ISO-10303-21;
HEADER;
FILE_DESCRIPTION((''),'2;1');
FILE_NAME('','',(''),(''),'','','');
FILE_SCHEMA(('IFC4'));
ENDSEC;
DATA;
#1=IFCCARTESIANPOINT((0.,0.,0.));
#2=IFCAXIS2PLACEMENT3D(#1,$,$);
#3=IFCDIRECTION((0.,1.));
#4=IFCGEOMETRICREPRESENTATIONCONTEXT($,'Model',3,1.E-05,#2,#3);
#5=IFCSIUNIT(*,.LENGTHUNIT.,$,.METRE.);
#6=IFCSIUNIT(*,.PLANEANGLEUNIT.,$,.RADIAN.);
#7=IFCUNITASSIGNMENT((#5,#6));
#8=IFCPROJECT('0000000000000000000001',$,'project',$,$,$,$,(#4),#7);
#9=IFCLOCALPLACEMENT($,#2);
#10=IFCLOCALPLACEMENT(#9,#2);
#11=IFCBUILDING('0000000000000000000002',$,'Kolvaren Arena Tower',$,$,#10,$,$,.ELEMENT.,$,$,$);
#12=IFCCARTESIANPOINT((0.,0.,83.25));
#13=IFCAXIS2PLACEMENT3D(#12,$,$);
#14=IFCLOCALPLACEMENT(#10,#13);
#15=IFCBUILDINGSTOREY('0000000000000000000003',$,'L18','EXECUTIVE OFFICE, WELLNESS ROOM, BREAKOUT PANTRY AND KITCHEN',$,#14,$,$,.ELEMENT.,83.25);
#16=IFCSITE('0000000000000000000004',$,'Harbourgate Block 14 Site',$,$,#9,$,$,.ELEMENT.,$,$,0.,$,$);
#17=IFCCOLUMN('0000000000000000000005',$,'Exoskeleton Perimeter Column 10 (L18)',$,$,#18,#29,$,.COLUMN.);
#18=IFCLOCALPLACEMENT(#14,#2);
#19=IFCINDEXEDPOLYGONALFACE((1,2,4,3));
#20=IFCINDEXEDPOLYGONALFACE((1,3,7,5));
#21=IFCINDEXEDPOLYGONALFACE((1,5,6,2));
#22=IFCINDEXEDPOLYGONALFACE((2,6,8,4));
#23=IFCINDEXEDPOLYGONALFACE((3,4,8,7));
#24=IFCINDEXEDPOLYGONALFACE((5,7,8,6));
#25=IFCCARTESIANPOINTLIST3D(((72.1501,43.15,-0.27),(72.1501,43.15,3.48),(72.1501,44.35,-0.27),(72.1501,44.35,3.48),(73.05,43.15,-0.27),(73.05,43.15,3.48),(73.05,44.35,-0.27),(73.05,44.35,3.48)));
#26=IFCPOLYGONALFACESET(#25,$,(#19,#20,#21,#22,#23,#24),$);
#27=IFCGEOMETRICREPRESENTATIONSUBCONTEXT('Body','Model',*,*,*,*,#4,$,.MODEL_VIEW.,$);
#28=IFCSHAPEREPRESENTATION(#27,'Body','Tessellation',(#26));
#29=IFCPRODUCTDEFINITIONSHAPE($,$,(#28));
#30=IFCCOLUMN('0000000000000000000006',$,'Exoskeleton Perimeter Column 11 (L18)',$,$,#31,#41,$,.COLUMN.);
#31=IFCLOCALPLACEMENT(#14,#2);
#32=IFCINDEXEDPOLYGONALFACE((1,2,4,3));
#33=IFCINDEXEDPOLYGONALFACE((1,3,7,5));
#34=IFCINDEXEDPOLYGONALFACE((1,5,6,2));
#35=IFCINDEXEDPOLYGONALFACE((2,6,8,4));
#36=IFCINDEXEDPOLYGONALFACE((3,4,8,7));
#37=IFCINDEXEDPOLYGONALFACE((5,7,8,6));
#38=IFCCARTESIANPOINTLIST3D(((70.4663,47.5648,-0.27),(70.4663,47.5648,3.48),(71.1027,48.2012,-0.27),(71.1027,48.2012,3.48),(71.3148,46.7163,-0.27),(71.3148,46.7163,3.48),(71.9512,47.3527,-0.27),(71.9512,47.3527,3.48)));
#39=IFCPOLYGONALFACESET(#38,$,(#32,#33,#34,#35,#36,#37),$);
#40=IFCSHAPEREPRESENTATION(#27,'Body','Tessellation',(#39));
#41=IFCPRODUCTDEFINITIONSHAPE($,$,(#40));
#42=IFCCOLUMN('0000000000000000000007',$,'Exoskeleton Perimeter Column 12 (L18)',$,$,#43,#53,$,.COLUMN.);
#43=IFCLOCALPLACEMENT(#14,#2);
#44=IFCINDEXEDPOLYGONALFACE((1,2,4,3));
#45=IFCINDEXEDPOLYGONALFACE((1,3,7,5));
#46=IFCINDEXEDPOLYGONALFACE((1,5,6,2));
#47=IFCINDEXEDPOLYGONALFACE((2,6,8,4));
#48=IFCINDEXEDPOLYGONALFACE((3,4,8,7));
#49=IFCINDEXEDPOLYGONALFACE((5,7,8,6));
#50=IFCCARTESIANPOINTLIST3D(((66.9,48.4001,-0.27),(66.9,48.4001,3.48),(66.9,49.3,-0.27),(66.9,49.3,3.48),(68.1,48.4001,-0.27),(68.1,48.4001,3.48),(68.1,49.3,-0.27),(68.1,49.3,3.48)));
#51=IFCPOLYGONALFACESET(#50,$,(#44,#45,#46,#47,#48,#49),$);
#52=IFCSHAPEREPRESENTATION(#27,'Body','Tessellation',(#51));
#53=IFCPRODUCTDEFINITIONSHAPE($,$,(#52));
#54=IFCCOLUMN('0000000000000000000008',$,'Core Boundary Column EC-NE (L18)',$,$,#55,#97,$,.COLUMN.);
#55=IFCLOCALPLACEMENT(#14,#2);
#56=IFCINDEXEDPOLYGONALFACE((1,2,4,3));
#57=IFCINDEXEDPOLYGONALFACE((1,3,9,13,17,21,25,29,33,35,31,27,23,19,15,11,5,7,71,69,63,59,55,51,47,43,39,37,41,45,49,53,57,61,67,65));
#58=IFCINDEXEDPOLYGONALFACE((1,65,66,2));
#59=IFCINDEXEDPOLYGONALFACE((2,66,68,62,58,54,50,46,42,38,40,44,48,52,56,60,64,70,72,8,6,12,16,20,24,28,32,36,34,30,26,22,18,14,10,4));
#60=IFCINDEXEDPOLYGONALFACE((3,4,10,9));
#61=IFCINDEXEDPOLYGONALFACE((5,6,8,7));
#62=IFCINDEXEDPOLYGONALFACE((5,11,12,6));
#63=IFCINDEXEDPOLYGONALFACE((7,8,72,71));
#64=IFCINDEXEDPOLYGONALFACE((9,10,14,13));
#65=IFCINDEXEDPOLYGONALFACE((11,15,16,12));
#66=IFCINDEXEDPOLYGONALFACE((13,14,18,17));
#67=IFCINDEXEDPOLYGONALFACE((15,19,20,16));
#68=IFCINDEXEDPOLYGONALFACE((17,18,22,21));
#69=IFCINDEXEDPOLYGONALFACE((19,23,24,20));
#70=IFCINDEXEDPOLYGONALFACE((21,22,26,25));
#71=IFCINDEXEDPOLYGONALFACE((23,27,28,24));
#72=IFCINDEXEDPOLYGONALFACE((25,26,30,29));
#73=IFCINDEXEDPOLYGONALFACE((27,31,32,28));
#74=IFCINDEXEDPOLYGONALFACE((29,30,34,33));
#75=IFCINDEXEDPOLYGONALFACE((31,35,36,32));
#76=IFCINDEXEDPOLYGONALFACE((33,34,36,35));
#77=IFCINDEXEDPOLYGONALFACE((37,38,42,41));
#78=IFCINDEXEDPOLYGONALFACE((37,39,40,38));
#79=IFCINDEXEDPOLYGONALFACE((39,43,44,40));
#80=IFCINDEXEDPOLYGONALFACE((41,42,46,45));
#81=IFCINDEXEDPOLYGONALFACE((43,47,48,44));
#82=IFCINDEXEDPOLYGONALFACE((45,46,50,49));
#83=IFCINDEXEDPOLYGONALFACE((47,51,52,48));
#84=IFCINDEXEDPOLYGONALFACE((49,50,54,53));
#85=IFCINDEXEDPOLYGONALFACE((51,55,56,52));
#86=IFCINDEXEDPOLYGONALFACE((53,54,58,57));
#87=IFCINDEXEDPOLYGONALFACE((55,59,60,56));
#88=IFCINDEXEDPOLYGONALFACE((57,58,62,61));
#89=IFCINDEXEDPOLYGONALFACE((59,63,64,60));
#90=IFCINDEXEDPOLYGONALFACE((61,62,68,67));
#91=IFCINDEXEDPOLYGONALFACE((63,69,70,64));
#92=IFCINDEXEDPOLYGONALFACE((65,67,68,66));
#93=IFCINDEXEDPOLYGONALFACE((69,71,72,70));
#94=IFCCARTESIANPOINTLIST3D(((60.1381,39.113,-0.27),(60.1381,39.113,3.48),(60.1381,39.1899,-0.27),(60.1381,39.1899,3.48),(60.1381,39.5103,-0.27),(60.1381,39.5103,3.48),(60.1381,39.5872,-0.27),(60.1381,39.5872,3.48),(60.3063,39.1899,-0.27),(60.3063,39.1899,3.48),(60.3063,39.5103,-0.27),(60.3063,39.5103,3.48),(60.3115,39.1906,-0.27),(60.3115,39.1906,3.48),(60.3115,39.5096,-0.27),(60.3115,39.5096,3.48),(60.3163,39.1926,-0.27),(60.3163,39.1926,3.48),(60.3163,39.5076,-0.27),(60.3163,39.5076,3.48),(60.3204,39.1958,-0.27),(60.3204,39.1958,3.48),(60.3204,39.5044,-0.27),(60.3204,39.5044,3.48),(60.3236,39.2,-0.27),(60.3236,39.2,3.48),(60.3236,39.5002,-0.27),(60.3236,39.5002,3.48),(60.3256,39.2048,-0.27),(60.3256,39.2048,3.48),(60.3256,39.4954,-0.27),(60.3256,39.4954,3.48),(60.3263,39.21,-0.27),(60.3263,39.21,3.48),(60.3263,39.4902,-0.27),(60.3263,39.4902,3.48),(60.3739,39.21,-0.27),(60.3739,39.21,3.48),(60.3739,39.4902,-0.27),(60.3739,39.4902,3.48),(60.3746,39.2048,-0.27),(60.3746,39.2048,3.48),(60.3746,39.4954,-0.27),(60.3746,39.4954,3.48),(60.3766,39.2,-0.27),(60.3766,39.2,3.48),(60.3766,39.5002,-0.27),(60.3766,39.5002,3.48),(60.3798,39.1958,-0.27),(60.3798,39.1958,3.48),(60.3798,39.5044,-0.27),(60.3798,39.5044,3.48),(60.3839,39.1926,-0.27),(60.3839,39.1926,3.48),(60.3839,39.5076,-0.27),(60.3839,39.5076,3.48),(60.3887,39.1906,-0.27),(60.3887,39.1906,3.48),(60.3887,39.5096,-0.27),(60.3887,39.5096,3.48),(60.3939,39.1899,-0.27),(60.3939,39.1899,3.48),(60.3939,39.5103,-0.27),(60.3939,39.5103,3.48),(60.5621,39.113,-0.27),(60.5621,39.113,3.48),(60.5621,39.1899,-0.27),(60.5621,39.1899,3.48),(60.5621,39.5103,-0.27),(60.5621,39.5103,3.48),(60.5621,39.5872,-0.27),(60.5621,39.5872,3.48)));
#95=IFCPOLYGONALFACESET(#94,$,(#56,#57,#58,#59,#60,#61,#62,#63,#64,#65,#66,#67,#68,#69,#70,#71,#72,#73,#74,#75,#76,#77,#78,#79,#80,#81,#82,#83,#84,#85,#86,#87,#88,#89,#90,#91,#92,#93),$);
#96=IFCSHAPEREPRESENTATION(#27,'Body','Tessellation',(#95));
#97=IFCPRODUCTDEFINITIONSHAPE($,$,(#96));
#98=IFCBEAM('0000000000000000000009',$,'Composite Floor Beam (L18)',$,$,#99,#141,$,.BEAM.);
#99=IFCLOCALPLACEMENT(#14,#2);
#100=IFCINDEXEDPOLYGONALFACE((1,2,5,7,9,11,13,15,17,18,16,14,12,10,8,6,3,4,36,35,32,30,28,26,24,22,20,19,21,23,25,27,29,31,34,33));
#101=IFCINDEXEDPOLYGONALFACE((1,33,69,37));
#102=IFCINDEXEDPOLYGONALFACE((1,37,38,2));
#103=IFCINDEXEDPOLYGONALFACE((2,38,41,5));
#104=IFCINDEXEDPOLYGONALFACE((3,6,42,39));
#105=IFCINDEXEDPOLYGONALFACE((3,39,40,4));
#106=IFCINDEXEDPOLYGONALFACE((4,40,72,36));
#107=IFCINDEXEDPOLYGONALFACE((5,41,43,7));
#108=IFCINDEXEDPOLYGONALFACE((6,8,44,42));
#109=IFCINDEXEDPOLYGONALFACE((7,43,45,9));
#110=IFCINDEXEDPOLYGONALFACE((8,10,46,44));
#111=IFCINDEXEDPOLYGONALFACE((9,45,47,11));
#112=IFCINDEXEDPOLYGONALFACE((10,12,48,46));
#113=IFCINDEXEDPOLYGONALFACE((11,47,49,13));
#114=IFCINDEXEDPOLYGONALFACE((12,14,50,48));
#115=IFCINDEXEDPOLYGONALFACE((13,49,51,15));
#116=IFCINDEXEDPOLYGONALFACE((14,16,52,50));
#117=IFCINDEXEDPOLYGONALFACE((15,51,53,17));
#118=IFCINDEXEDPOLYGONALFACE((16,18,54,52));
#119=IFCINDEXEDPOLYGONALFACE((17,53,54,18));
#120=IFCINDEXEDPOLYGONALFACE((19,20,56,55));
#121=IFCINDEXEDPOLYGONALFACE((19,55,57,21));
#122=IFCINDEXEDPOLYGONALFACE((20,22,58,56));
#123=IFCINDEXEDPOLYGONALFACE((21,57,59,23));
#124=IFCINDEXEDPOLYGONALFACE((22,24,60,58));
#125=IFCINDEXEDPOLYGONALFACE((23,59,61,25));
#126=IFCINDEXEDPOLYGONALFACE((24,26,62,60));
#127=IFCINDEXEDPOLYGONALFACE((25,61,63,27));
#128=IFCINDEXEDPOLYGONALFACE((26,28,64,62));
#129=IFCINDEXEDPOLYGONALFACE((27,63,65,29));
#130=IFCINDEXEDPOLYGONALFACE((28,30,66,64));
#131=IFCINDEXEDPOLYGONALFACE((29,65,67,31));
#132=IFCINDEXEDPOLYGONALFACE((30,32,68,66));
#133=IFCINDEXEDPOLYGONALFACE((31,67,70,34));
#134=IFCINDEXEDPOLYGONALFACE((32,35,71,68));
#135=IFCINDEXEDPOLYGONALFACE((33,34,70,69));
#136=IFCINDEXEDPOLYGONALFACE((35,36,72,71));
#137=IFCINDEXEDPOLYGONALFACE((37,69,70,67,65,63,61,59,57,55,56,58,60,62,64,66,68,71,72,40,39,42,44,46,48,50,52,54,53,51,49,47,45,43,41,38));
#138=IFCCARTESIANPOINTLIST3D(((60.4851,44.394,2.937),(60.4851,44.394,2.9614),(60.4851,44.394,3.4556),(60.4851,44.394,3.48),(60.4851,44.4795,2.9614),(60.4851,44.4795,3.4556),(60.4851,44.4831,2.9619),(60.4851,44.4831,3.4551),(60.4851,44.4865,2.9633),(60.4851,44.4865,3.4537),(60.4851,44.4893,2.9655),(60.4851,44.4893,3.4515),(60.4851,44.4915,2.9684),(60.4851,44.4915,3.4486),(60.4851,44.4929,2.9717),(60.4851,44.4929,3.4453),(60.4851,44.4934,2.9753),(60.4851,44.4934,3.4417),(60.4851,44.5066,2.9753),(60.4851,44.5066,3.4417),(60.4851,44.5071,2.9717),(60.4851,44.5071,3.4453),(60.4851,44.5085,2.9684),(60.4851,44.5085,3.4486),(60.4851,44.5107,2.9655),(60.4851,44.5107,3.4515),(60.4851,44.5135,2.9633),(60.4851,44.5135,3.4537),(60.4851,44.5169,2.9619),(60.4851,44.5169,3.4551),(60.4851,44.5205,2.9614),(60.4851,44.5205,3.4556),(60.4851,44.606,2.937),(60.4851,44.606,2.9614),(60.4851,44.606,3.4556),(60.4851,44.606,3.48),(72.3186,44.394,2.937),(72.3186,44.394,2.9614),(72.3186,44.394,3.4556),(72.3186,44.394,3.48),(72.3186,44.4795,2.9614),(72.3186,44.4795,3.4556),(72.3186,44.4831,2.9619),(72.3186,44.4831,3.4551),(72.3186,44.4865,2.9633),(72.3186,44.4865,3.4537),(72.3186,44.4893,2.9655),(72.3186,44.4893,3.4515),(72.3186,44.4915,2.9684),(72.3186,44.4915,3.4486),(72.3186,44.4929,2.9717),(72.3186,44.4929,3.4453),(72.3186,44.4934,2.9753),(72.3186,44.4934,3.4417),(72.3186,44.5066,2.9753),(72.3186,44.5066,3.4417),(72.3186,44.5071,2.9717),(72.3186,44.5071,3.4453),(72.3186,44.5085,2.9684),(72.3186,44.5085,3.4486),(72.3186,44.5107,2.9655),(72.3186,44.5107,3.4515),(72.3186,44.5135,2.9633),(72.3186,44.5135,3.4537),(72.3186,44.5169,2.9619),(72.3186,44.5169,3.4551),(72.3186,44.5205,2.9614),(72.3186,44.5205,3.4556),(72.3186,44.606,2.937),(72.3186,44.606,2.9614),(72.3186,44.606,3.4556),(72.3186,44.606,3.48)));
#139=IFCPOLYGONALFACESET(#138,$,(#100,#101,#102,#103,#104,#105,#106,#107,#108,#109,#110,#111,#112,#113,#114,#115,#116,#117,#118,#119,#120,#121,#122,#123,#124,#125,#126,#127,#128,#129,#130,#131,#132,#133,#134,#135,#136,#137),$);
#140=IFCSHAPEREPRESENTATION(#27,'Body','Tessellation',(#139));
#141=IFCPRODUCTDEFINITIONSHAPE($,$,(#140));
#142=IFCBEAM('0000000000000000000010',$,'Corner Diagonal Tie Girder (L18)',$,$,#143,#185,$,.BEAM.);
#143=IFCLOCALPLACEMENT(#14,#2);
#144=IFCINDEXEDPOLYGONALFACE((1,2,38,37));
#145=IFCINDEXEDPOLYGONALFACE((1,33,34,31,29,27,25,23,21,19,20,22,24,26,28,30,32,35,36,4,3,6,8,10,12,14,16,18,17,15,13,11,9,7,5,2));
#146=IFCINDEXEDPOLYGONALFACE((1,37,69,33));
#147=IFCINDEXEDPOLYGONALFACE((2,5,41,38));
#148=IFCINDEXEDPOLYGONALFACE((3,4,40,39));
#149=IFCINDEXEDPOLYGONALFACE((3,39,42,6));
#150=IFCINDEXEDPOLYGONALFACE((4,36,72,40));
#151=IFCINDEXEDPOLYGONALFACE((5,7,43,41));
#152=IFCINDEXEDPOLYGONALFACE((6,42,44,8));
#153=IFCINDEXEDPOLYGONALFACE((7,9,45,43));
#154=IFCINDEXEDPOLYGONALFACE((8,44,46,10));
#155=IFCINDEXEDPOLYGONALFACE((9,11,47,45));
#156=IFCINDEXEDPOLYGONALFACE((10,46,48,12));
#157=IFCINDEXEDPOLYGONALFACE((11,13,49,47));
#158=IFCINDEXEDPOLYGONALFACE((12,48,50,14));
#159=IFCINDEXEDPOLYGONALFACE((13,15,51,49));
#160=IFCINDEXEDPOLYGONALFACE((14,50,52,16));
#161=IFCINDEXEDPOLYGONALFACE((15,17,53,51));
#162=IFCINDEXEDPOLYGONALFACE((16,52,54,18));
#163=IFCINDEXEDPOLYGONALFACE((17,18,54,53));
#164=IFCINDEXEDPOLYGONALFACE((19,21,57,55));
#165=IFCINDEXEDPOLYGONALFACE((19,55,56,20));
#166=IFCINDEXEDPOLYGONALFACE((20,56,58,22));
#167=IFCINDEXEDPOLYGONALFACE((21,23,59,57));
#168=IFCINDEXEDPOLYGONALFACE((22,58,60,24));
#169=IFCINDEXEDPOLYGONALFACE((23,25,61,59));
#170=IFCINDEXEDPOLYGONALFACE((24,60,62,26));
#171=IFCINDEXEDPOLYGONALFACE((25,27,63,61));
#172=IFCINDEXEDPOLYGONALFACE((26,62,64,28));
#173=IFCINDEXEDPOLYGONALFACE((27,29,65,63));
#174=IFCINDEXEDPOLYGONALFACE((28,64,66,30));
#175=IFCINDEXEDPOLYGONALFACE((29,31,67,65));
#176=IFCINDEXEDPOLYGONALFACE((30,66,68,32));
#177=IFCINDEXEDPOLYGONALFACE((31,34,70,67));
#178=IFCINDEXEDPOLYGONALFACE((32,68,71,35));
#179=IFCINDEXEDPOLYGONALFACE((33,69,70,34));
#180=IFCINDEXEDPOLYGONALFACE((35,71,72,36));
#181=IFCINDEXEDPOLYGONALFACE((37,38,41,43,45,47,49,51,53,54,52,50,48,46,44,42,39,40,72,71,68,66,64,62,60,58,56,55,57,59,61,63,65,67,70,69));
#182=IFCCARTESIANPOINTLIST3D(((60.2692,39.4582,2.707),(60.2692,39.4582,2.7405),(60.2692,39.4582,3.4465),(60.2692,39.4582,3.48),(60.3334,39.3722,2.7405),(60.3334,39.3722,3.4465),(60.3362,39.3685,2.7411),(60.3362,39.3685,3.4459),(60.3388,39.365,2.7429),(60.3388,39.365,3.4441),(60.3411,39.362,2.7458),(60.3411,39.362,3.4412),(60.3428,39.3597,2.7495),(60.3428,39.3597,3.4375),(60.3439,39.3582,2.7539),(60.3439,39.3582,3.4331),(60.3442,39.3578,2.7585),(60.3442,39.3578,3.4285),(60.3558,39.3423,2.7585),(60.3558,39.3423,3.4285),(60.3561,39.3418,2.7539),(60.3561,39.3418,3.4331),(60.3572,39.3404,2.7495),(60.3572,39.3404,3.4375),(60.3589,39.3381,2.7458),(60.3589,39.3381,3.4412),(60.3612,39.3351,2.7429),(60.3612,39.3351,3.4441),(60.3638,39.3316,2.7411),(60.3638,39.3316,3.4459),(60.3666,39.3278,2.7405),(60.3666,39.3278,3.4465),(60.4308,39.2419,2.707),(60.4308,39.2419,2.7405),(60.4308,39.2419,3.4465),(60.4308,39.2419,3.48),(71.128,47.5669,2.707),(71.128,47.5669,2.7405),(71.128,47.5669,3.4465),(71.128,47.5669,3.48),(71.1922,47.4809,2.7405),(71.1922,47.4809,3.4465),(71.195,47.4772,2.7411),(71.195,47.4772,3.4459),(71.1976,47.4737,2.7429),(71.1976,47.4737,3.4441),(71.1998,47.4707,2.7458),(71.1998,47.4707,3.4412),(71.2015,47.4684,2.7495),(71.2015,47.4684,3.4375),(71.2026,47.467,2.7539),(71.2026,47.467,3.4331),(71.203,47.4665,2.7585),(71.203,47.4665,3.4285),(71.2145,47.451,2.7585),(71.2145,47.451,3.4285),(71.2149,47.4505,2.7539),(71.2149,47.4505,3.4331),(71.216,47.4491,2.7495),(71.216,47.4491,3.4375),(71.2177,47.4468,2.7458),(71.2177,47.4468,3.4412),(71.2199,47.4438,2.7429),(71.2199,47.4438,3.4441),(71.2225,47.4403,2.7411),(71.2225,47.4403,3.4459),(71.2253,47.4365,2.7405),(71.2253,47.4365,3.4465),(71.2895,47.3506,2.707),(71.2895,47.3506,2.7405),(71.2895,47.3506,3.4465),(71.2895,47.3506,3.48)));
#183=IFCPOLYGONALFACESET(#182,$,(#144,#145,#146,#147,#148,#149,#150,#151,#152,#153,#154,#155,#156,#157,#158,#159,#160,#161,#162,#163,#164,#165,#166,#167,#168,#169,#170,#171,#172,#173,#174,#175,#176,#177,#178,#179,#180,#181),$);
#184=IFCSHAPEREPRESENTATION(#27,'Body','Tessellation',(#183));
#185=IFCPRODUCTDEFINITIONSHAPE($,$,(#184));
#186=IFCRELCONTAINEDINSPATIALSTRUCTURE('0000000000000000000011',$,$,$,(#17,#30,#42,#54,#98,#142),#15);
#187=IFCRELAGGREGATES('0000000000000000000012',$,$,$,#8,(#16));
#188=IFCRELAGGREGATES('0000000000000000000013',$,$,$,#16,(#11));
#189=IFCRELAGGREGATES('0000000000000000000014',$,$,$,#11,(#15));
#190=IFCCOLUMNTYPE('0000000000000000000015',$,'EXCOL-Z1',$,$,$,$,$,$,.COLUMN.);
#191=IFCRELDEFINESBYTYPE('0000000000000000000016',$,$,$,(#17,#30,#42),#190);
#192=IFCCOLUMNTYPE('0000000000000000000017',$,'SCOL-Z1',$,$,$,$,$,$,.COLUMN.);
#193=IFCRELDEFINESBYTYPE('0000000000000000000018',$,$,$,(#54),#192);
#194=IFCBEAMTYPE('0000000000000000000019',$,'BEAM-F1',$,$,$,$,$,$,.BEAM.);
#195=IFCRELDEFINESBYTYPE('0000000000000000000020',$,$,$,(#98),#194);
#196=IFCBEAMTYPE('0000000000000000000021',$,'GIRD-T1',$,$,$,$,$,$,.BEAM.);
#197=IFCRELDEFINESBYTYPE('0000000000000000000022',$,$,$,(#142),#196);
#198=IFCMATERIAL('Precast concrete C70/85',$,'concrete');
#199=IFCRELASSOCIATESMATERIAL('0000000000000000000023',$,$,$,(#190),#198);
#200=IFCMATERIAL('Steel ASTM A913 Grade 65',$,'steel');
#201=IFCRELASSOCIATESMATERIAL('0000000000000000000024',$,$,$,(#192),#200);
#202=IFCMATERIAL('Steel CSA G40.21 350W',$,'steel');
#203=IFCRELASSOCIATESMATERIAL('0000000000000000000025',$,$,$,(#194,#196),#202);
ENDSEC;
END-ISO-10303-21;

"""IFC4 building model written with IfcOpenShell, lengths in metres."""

from ifc_helpers import new_model, si_unit, direction, frame, origin, origin_2d, place, context, subcontext, project, spatial, rectangle, i_section, extrude, material, material_profile, profile_set, type_object, element, save


model = new_model("IFC4")

# Units and contexts
model_context = context("Model", 3, precision=1e-05, world=origin(), true_north=direction((0.0, 1.0)))
body_context = subcontext(model_context, "Body", "Model", "MODEL_VIEW")
ifc_project = project(units=[si_unit("LENGTHUNIT", "METRE"), si_unit("PLANEANGLEUNIT", "RADIAN")], contexts=[model_context])

# Site, building, storey
site_placement = place(None, origin())
site = spatial("IfcSite", under=ifc_project, at=site_placement, Name="Harbourgate Block 14 Site", CompositionType="ELEMENT", RefElevation=0.0)
building_placement = place(site_placement, origin())
building = spatial("IfcBuilding", under=site, at=building_placement, Name="Kolvaren Arena Tower", CompositionType="ELEMENT")
storey_placement = place(building_placement, frame((0.0, 0.0, 83.25)))
storey = spatial("IfcBuildingStorey", under=building, at=storey_placement, Name="L18", Description="EXECUTIVE OFFICE, WELLNESS ROOM, BREAKOUT PANTRY AND KITCHEN", CompositionType="ELEMENT", Elevation=83.25)

# Columns
ifc_material_1 = material(Name="Precast concrete C70/85", Category="concrete")
ifc_material_profile_1 = material_profile(ifc_material_1, rectangle(XDim=1.2, YDim=0.8999, at=origin_2d()), Name="RC-1200x900")
ifc_profile_set_1 = profile_set([ifc_material_profile_1], Name="Precast concrete C70/85")
column_type_1 = type_object("IfcColumnType", Name="EXCOL-Z1", PredefinedType="COLUMN", material=ifc_profile_set_1)
for number, where, z_axis, x_axis, name in (
    (1, (72.6001, 43.75, -0.27), (0.0, 0.0, 1.0), (0.0, 1.0, 0.0), "Exoskeleton Perimeter Column 10 (L18)"),
    (2, (71.2087, 47.4587, -0.27), (0.0, 0.0, 1.0), (-0.707107, 0.707107, 0.0), "Exoskeleton Perimeter Column 11 (L18)"),
    (3, (67.5, 48.8501, -0.27), (0.0, 0.0, 1.0), (1.0, 0.0, 0.0), "Exoskeleton Perimeter Column 12 (L18)"),
):
    element("IfcColumn", number, at=place(storey_placement, frame(where, z_axis=z_axis, x_axis=x_axis)), inside=storey, type_object=column_type_1, Name=name, PredefinedType="COLUMN", context=body_context, shape_type="SweptSolid", body=[
        extrude(rectangle(XDim=1.2, YDim=0.8999, at=origin_2d()), origin(), (0.0, 0.0, 1.0), 3.75),
    ])
ifc_material_2 = material(Name="Steel ASTM A913 Grade 65", Category="steel")
ifc_material_profile_2 = material_profile(ifc_material_2, i_section(OverallWidth=0.4241, OverallDepth=0.4741, WebThickness=0.0476, FlangeThickness=0.0769, FilletRadius=0.02, at=origin_2d()), Name="W360x634")
ifc_profile_set_2 = profile_set([ifc_material_profile_2], Name="Steel ASTM A913 Grade 65")
column_type_2 = type_object("IfcColumnType", Name="SCOL-Z1", PredefinedType="COLUMN", material=ifc_profile_set_2)
column_placement = place(storey_placement, frame((60.3501, 39.3501, -0.27), z_axis=(0.0, 0.0, 1.0), x_axis=(1.0, 0.0, 0.0)))
element("IfcColumn", 4, at=column_placement, inside=storey, type_object=column_type_2, Name="Core Boundary Column EC-NE (L18)", PredefinedType="COLUMN", context=body_context, shape_type="SweptSolid", body=[
    extrude(i_section(OverallWidth=0.4241, OverallDepth=0.4741, WebThickness=0.0476, FlangeThickness=0.0769, FilletRadius=0.02, at=origin_2d()), origin(), (0.0, 0.0, 1.0), 3.75),
])

# Beams
ifc_material_3 = material(Name="Steel CSA G40.21 350W", Category="steel")
ifc_material_profile_3 = material_profile(ifc_material_3, i_section(OverallWidth=0.2119, OverallDepth=0.543, WebThickness=0.0132, FlangeThickness=0.0244, FilletRadius=0.0139, at=origin_2d()), Name="W530x150")
ifc_profile_set_3 = profile_set([ifc_material_profile_3], Name="Steel CSA G40.21 350W")
beam_type_1 = type_object("IfcBeamType", Name="BEAM-F1", PredefinedType="BEAM", material=ifc_profile_set_3)
beam_1_placement = place(storey_placement, frame((60.4851, 44.5, 3.2085), z_axis=(1.0, 0.0, 0.0), x_axis=(0.0, 1.0, 0.0)))
element("IfcBeam", 5, at=beam_1_placement, inside=storey, type_object=beam_type_1, Name="Composite Floor Beam (L18)", PredefinedType="BEAM", context=body_context, shape_type="SweptSolid", body=[
    extrude(i_section(OverallWidth=0.2119, OverallDepth=0.543, WebThickness=0.0132, FlangeThickness=0.0244, FilletRadius=0.0139, at=origin_2d()), origin(), (0.0, 0.0, 1.0), 11.8335),
])
ifc_material_profile_4 = material_profile(ifc_material_3, i_section(OverallWidth=0.27, OverallDepth=0.7729, WebThickness=0.0193, FlangeThickness=0.0334, FilletRadius=0.0181, at=origin_2d()), Name="W760x257")
ifc_profile_set_4 = profile_set([ifc_material_profile_4], Name="Steel CSA G40.21 350W")
beam_type_2 = type_object("IfcBeamType", Name="GIRD-T1", PredefinedType="BEAM", material=ifc_profile_set_4)
beam_2_placement = place(storey_placement, frame((71.2087, 47.4587, 3.0935), z_axis=(-0.80125, -0.59833, 0.0), x_axis=(0.59833, -0.80125, 0.0)))
element("IfcBeam", 6, at=beam_2_placement, inside=storey, type_object=beam_type_2, Name="Corner Diagonal Tie Girder (L18)", PredefinedType="BEAM", context=body_context, shape_type="SweptSolid", body=[
    extrude(i_section(OverallWidth=0.27, OverallDepth=0.7729, WebThickness=0.0193, FlangeThickness=0.0334, FilletRadius=0.0181, at=origin_2d()), origin(), (0.0, 0.0, 1.0), 13.5522),
])

save(model, "model.ifc")
